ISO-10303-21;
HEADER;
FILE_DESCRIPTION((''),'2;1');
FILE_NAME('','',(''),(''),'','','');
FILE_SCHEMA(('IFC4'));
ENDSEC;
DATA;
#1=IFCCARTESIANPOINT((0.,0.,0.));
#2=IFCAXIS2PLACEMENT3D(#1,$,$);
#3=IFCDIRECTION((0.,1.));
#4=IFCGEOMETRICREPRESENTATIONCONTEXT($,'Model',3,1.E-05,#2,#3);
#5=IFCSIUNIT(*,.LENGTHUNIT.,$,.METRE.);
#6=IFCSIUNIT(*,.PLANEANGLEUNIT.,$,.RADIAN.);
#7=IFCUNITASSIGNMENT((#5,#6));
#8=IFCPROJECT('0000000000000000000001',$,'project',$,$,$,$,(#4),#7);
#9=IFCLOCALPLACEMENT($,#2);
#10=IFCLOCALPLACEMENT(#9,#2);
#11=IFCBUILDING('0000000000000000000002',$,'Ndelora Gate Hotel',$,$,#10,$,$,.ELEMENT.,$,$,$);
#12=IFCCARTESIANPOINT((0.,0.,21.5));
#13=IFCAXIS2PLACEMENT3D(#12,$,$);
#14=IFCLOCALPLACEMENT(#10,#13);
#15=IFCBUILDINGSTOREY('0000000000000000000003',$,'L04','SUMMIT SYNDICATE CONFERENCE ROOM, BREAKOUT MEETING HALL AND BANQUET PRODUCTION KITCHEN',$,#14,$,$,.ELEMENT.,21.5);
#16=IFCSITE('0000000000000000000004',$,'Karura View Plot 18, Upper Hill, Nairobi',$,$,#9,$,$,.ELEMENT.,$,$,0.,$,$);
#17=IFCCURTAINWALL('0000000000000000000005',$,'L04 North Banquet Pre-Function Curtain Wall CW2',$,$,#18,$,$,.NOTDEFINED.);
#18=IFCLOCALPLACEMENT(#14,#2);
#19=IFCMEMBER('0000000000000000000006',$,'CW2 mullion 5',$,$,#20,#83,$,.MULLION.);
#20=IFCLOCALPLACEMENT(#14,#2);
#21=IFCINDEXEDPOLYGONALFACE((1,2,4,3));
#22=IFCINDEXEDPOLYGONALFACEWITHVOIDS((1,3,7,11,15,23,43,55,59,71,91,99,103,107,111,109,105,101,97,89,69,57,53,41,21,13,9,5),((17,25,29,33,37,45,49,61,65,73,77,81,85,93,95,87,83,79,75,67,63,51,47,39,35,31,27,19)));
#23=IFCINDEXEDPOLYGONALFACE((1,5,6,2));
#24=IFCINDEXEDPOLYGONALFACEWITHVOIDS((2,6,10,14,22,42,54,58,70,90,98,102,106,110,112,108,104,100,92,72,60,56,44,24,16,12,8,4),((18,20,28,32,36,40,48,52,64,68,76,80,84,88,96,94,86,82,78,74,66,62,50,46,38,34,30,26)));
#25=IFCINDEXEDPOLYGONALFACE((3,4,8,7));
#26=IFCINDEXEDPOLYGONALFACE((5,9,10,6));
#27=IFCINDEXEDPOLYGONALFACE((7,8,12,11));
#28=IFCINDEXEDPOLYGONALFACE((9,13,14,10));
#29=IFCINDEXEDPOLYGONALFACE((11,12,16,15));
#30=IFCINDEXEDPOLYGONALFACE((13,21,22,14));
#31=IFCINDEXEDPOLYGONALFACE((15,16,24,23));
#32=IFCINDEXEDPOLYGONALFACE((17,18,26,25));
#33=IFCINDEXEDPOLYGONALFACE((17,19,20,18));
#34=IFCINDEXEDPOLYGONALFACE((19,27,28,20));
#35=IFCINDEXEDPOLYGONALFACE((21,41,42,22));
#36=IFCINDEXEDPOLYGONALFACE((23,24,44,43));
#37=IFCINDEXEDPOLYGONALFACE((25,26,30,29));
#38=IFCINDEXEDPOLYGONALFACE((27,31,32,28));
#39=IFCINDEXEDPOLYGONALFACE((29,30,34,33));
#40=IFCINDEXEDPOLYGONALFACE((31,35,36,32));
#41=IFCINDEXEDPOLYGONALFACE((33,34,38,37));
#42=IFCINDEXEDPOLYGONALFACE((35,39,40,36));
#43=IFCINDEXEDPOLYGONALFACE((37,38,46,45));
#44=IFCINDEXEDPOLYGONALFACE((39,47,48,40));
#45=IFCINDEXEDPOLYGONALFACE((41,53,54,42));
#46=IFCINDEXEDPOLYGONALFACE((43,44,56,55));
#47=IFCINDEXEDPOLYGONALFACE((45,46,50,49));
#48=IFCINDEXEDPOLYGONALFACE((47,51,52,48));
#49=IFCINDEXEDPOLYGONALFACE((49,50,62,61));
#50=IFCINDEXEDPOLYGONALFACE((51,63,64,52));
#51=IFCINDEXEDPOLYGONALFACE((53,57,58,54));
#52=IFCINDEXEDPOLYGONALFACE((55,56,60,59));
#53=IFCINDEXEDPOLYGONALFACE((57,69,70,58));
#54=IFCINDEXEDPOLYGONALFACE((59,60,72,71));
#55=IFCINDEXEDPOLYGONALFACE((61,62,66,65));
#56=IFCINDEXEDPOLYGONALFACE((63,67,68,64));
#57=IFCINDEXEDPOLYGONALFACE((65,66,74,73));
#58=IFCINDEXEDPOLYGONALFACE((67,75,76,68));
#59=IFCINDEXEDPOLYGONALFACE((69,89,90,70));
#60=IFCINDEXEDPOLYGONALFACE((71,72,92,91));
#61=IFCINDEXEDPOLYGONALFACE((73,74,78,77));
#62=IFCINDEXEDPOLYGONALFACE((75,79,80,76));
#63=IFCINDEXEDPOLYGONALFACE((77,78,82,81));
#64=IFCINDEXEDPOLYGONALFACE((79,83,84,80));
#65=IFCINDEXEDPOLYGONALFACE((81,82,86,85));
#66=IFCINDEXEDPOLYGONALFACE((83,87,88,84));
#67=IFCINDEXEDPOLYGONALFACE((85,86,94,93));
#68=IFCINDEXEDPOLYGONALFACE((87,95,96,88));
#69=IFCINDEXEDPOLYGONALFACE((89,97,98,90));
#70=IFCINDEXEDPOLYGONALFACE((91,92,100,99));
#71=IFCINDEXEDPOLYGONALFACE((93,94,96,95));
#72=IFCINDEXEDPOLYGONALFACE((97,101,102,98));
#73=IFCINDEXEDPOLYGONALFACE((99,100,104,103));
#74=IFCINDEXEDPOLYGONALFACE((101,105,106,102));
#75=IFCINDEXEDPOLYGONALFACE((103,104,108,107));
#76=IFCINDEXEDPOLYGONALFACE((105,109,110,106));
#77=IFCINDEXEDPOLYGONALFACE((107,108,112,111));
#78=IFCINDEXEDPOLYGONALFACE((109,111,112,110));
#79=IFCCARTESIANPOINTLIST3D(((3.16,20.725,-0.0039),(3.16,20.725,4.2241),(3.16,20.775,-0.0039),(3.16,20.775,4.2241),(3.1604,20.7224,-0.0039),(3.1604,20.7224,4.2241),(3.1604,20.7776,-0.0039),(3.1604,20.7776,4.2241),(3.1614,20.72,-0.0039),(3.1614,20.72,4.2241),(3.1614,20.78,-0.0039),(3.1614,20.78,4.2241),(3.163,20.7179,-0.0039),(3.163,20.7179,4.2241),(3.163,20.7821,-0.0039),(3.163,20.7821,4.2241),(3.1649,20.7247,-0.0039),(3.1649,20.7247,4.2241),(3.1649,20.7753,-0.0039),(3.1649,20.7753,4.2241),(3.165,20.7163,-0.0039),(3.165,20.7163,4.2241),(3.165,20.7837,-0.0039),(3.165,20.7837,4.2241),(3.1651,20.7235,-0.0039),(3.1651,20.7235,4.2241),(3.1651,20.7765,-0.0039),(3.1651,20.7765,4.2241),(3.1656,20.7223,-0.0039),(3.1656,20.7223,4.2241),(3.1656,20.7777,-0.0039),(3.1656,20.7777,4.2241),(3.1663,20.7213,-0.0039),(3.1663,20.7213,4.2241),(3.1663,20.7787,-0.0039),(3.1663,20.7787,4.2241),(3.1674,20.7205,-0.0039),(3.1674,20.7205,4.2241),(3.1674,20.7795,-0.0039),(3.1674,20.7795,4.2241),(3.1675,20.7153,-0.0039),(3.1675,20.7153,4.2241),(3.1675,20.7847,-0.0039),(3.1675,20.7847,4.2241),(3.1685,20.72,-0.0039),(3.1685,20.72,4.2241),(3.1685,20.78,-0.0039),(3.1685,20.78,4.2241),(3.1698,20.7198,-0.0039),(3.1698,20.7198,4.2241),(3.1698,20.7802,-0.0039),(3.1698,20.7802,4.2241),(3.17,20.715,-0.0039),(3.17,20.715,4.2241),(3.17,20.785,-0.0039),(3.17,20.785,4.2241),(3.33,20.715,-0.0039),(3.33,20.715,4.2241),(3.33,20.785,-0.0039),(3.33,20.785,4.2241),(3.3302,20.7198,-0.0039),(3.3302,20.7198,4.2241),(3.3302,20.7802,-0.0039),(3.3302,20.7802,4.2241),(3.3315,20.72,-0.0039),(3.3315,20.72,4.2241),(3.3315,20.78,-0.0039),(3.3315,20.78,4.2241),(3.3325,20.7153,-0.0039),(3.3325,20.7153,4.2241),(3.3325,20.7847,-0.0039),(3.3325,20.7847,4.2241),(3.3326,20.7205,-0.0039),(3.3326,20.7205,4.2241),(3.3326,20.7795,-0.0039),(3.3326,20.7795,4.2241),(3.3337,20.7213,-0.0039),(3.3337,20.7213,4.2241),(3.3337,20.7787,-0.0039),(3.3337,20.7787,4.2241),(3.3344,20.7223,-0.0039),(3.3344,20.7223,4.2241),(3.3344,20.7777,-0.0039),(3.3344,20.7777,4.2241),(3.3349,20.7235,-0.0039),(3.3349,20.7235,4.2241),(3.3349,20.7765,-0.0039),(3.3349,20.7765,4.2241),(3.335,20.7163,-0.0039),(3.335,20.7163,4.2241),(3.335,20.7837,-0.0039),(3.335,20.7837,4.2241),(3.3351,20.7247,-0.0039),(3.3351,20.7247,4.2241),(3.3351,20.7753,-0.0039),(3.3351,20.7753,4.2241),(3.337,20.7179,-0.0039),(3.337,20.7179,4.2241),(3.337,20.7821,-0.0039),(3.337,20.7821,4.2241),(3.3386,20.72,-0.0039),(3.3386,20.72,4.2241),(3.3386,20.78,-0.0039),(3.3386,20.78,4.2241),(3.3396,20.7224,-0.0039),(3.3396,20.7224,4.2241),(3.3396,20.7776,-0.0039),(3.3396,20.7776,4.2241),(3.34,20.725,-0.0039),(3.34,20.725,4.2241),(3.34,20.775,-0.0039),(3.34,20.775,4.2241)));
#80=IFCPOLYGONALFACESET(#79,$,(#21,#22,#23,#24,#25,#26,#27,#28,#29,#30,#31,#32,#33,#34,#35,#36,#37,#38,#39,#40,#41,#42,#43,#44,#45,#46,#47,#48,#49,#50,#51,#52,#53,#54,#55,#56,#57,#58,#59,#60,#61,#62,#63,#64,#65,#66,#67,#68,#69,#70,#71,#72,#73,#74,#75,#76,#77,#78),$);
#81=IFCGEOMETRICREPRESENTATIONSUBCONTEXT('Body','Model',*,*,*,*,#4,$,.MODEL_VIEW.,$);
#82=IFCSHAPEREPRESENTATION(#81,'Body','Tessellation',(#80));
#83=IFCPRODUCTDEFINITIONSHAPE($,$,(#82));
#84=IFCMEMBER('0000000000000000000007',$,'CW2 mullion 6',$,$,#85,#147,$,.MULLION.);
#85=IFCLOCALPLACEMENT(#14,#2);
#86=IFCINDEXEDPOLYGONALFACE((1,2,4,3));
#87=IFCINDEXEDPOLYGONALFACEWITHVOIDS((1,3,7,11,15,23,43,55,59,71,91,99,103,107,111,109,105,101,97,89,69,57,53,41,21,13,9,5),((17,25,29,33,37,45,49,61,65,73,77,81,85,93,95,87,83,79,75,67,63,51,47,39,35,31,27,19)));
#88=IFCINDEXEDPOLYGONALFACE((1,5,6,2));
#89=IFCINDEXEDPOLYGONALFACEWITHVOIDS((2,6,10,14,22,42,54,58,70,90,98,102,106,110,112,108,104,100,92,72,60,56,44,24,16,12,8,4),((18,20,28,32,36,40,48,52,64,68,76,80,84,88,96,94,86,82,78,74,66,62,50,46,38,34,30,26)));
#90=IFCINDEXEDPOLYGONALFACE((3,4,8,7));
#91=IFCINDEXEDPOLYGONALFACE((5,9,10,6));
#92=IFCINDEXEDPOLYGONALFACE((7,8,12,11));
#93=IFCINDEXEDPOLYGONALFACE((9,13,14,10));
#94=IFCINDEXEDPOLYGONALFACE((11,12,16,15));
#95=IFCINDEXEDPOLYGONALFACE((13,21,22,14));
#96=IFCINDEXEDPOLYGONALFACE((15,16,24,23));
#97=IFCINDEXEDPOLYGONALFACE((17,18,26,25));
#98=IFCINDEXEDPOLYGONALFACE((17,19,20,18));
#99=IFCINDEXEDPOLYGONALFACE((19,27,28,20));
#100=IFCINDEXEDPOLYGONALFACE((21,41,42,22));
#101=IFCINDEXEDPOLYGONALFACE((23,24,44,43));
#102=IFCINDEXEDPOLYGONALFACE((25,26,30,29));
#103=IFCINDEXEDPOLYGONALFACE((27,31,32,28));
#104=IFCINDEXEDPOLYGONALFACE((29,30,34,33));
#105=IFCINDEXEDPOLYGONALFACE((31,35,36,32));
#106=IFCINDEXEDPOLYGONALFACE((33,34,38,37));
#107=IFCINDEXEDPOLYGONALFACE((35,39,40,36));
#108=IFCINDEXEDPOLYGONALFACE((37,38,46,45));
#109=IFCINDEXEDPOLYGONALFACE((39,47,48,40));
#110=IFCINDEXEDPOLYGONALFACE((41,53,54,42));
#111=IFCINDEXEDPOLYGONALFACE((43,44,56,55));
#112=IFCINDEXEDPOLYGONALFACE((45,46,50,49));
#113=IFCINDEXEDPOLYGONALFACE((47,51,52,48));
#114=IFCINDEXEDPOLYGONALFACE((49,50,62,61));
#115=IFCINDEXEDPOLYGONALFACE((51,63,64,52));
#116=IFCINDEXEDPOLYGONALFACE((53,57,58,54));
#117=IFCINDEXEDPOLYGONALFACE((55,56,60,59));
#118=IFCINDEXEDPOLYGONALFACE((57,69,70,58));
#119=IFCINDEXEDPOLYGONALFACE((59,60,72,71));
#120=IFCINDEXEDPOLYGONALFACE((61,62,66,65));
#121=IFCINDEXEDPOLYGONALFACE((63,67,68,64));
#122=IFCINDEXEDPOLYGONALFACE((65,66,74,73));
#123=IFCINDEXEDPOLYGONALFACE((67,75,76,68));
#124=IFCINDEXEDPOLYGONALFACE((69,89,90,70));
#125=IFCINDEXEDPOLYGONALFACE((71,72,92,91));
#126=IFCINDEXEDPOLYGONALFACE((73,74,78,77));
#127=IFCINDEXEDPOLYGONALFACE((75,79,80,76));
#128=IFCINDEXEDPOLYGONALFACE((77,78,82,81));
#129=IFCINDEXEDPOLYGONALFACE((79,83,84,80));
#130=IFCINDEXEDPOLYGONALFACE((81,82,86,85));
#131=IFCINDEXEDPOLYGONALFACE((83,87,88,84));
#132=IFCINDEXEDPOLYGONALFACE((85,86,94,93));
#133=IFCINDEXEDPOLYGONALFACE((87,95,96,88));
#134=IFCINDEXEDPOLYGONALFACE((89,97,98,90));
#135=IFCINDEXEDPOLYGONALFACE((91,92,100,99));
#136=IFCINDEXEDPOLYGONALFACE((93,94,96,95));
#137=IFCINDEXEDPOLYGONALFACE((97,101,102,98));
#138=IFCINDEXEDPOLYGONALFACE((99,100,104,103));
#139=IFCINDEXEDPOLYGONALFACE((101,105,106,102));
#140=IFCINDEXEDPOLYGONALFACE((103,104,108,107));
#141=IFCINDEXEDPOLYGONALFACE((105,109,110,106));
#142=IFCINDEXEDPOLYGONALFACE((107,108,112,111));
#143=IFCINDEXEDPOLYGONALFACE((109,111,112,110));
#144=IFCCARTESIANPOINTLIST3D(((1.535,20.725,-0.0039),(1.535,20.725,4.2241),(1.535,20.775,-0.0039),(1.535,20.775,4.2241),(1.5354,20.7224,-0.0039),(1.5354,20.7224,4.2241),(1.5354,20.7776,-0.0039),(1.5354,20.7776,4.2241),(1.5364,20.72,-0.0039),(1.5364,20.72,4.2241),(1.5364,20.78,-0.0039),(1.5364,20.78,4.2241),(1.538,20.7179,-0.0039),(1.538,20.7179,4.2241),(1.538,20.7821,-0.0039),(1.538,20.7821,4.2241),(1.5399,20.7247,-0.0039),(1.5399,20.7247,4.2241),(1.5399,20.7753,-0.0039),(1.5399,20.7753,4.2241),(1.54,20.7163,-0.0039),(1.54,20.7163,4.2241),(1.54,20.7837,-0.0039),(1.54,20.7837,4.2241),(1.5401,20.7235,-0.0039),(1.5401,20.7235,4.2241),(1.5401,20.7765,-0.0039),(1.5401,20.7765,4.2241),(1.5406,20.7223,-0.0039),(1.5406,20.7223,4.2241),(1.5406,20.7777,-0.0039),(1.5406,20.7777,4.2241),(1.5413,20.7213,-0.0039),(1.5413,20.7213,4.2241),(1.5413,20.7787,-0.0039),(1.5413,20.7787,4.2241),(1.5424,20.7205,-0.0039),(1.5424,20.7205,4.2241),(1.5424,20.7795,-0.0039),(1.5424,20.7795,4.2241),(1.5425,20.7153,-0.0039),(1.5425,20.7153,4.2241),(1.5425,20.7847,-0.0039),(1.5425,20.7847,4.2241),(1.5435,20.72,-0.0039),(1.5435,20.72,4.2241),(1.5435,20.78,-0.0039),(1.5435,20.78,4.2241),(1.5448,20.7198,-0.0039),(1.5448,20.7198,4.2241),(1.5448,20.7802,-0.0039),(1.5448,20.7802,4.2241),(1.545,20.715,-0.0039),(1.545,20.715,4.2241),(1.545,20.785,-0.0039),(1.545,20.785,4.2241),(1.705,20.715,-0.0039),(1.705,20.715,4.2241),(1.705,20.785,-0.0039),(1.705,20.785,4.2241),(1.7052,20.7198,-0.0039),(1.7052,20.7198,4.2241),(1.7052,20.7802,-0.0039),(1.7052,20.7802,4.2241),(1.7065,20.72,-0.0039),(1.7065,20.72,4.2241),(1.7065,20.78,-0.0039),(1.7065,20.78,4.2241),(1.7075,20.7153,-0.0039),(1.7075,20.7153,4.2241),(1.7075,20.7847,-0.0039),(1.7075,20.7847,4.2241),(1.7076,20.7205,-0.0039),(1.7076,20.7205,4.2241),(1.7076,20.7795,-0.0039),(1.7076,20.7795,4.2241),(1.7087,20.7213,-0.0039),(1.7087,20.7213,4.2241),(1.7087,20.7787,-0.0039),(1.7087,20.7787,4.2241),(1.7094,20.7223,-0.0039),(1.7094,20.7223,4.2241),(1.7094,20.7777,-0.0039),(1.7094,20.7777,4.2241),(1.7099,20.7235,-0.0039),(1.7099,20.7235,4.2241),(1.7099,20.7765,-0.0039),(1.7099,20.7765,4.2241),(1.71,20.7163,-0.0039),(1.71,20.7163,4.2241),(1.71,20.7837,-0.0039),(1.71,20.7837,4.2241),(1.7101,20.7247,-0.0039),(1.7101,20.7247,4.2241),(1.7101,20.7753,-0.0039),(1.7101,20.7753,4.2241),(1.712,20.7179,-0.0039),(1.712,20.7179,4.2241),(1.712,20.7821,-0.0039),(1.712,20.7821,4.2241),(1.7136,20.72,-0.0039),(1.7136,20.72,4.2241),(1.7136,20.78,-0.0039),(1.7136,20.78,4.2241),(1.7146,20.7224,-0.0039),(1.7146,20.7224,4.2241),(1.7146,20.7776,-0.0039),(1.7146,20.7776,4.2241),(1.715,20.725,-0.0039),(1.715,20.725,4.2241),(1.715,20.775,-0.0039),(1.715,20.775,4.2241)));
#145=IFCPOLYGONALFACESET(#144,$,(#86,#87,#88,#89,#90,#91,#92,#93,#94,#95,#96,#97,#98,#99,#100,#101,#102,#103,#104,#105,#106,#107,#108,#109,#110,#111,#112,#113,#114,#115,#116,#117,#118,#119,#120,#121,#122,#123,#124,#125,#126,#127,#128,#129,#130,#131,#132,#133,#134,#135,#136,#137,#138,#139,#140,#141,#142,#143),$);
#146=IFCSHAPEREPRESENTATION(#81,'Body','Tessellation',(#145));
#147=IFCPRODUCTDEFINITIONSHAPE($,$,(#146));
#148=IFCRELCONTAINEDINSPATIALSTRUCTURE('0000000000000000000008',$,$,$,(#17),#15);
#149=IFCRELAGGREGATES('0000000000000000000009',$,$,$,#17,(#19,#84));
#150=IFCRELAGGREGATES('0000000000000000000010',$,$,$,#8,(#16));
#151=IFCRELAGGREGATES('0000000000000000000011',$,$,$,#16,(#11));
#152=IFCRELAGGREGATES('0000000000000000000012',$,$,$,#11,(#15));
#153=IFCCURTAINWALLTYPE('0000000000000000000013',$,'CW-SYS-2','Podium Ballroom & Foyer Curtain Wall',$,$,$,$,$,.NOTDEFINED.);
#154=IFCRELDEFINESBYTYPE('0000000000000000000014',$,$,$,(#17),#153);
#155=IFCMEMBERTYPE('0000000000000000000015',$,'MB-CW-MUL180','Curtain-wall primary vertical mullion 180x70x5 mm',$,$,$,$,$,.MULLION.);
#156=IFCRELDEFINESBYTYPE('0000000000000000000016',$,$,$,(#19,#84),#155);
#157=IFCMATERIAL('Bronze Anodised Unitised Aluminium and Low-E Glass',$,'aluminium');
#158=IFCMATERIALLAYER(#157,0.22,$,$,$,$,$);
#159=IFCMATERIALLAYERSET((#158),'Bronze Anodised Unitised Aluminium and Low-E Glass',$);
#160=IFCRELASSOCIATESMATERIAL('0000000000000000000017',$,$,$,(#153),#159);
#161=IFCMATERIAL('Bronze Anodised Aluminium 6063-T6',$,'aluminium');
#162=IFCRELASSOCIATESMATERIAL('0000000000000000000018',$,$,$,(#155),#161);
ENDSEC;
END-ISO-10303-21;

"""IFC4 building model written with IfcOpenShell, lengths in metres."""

from ifc_helpers import new_model, si_unit, direction, frame, origin, origin_2d, place, context, subcontext, project, spatial, hollow_rectangle, extrude, material, layer, layer_set, material_profile, profile_set, type_object, element, aggregate, save


model = new_model("IFC4")

# Units and contexts
model_context = context("Model", 3, precision=1e-05, world=origin(), true_north=direction((0.0, 1.0)))
body_context = subcontext(model_context, "Body", "Model", "MODEL_VIEW")
ifc_project = project(units=[si_unit("LENGTHUNIT", "METRE"), si_unit("PLANEANGLEUNIT", "RADIAN")], contexts=[model_context])

# Site, building, storey
site_placement = place(None, origin())
site = spatial("IfcSite", under=ifc_project, at=site_placement, Name="Karura View Plot 18, Upper Hill, Nairobi", CompositionType="ELEMENT", RefElevation=0.0)
building_placement = place(site_placement, origin())
building = spatial("IfcBuilding", under=site, at=building_placement, Name="Ndelora Gate Hotel", CompositionType="ELEMENT")
storey_placement = place(building_placement, frame((0.0, 0.0, 21.5)))
storey = spatial("IfcBuildingStorey", under=building, at=storey_placement, Name="L04", Description="SUMMIT SYNDICATE CONFERENCE ROOM, BREAKOUT MEETING HALL AND BANQUET PRODUCTION KITCHEN", CompositionType="ELEMENT", Elevation=21.5)

# Curtain wall, members
ifc_material_1 = material(Name="Bronze Anodised Unitised Aluminium and Low-E Glass", Category="aluminium")
ifc_layer_1 = layer(ifc_material_1, 0.22)
ifc_layer_set_1 = layer_set([ifc_layer_1], Name="Bronze Anodised Unitised Aluminium and Low-E Glass")
curtain_wall_type = type_object("IfcCurtainWallType", Name="CW-SYS-2", Description="Podium Ballroom & Foyer Curtain Wall", PredefinedType="NOTDEFINED", material=ifc_layer_set_1)
curtain_wall_placement = place(storey_placement, origin())
curtain_wall = element("IfcCurtainWall", 1, at=curtain_wall_placement, inside=storey, type_object=curtain_wall_type, Name="L04 North Banquet Pre-Function Curtain Wall CW2", PredefinedType="NOTDEFINED")
ifc_material_2 = material(Name="Bronze Anodised Aluminium 6063-T6", Category="aluminium")
ifc_material_profile_1 = material_profile(ifc_material_2, hollow_rectangle(XDim=0.0701, YDim=0.1799, WallThickness=0.0049, InnerFilletRadius=0.0049, OuterFilletRadius=0.01, at=origin_2d()), Name="ALU 180x70x5")
ifc_profile_set_1 = profile_set([ifc_material_profile_1], Name="Bronze Anodised Aluminium 6063-T6")
member_type_1 = type_object("IfcMemberType", Name="MB-CW-MUL180", Description="Curtain-wall primary vertical mullion 180x70x5 mm", PredefinedType="MULLION", material=ifc_profile_set_1)
member_1_placement = place(storey_placement, frame((3.25, 20.75, -0.0039), z_axis=(0.0, 0.0, 1.0), x_axis=(0.0, -1.0, 0.0)))
member_1 = element("IfcMember", 2, at=member_1_placement, type_object=member_type_1, Name="CW2 mullion 5", PredefinedType="MULLION", context=body_context, shape_type="SweptSolid", body=[
    extrude(hollow_rectangle(XDim=0.0701, YDim=0.1799, WallThickness=0.0049, InnerFilletRadius=0.0049, OuterFilletRadius=0.01, at=origin_2d()), origin(), (0.0, 0.0, 1.0), 4.228),
])
member_2_placement = place(storey_placement, frame((1.625, 20.75, -0.0039), z_axis=(0.0, 0.0, 1.0), x_axis=(0.0, -1.0, 0.0)))
member_2 = element("IfcMember", 3, at=member_2_placement, type_object=member_type_1, Name="CW2 mullion 6", PredefinedType="MULLION", context=body_context, shape_type="SweptSolid", body=[
    extrude(hollow_rectangle(XDim=0.0701, YDim=0.1799, WallThickness=0.0049, InnerFilletRadius=0.0049, OuterFilletRadius=0.01, at=origin_2d()), origin(), (0.0, 0.0, 1.0), 4.228),
])
aggregate(curtain_wall, [member_1, member_2])

save(model, "model.ifc")
